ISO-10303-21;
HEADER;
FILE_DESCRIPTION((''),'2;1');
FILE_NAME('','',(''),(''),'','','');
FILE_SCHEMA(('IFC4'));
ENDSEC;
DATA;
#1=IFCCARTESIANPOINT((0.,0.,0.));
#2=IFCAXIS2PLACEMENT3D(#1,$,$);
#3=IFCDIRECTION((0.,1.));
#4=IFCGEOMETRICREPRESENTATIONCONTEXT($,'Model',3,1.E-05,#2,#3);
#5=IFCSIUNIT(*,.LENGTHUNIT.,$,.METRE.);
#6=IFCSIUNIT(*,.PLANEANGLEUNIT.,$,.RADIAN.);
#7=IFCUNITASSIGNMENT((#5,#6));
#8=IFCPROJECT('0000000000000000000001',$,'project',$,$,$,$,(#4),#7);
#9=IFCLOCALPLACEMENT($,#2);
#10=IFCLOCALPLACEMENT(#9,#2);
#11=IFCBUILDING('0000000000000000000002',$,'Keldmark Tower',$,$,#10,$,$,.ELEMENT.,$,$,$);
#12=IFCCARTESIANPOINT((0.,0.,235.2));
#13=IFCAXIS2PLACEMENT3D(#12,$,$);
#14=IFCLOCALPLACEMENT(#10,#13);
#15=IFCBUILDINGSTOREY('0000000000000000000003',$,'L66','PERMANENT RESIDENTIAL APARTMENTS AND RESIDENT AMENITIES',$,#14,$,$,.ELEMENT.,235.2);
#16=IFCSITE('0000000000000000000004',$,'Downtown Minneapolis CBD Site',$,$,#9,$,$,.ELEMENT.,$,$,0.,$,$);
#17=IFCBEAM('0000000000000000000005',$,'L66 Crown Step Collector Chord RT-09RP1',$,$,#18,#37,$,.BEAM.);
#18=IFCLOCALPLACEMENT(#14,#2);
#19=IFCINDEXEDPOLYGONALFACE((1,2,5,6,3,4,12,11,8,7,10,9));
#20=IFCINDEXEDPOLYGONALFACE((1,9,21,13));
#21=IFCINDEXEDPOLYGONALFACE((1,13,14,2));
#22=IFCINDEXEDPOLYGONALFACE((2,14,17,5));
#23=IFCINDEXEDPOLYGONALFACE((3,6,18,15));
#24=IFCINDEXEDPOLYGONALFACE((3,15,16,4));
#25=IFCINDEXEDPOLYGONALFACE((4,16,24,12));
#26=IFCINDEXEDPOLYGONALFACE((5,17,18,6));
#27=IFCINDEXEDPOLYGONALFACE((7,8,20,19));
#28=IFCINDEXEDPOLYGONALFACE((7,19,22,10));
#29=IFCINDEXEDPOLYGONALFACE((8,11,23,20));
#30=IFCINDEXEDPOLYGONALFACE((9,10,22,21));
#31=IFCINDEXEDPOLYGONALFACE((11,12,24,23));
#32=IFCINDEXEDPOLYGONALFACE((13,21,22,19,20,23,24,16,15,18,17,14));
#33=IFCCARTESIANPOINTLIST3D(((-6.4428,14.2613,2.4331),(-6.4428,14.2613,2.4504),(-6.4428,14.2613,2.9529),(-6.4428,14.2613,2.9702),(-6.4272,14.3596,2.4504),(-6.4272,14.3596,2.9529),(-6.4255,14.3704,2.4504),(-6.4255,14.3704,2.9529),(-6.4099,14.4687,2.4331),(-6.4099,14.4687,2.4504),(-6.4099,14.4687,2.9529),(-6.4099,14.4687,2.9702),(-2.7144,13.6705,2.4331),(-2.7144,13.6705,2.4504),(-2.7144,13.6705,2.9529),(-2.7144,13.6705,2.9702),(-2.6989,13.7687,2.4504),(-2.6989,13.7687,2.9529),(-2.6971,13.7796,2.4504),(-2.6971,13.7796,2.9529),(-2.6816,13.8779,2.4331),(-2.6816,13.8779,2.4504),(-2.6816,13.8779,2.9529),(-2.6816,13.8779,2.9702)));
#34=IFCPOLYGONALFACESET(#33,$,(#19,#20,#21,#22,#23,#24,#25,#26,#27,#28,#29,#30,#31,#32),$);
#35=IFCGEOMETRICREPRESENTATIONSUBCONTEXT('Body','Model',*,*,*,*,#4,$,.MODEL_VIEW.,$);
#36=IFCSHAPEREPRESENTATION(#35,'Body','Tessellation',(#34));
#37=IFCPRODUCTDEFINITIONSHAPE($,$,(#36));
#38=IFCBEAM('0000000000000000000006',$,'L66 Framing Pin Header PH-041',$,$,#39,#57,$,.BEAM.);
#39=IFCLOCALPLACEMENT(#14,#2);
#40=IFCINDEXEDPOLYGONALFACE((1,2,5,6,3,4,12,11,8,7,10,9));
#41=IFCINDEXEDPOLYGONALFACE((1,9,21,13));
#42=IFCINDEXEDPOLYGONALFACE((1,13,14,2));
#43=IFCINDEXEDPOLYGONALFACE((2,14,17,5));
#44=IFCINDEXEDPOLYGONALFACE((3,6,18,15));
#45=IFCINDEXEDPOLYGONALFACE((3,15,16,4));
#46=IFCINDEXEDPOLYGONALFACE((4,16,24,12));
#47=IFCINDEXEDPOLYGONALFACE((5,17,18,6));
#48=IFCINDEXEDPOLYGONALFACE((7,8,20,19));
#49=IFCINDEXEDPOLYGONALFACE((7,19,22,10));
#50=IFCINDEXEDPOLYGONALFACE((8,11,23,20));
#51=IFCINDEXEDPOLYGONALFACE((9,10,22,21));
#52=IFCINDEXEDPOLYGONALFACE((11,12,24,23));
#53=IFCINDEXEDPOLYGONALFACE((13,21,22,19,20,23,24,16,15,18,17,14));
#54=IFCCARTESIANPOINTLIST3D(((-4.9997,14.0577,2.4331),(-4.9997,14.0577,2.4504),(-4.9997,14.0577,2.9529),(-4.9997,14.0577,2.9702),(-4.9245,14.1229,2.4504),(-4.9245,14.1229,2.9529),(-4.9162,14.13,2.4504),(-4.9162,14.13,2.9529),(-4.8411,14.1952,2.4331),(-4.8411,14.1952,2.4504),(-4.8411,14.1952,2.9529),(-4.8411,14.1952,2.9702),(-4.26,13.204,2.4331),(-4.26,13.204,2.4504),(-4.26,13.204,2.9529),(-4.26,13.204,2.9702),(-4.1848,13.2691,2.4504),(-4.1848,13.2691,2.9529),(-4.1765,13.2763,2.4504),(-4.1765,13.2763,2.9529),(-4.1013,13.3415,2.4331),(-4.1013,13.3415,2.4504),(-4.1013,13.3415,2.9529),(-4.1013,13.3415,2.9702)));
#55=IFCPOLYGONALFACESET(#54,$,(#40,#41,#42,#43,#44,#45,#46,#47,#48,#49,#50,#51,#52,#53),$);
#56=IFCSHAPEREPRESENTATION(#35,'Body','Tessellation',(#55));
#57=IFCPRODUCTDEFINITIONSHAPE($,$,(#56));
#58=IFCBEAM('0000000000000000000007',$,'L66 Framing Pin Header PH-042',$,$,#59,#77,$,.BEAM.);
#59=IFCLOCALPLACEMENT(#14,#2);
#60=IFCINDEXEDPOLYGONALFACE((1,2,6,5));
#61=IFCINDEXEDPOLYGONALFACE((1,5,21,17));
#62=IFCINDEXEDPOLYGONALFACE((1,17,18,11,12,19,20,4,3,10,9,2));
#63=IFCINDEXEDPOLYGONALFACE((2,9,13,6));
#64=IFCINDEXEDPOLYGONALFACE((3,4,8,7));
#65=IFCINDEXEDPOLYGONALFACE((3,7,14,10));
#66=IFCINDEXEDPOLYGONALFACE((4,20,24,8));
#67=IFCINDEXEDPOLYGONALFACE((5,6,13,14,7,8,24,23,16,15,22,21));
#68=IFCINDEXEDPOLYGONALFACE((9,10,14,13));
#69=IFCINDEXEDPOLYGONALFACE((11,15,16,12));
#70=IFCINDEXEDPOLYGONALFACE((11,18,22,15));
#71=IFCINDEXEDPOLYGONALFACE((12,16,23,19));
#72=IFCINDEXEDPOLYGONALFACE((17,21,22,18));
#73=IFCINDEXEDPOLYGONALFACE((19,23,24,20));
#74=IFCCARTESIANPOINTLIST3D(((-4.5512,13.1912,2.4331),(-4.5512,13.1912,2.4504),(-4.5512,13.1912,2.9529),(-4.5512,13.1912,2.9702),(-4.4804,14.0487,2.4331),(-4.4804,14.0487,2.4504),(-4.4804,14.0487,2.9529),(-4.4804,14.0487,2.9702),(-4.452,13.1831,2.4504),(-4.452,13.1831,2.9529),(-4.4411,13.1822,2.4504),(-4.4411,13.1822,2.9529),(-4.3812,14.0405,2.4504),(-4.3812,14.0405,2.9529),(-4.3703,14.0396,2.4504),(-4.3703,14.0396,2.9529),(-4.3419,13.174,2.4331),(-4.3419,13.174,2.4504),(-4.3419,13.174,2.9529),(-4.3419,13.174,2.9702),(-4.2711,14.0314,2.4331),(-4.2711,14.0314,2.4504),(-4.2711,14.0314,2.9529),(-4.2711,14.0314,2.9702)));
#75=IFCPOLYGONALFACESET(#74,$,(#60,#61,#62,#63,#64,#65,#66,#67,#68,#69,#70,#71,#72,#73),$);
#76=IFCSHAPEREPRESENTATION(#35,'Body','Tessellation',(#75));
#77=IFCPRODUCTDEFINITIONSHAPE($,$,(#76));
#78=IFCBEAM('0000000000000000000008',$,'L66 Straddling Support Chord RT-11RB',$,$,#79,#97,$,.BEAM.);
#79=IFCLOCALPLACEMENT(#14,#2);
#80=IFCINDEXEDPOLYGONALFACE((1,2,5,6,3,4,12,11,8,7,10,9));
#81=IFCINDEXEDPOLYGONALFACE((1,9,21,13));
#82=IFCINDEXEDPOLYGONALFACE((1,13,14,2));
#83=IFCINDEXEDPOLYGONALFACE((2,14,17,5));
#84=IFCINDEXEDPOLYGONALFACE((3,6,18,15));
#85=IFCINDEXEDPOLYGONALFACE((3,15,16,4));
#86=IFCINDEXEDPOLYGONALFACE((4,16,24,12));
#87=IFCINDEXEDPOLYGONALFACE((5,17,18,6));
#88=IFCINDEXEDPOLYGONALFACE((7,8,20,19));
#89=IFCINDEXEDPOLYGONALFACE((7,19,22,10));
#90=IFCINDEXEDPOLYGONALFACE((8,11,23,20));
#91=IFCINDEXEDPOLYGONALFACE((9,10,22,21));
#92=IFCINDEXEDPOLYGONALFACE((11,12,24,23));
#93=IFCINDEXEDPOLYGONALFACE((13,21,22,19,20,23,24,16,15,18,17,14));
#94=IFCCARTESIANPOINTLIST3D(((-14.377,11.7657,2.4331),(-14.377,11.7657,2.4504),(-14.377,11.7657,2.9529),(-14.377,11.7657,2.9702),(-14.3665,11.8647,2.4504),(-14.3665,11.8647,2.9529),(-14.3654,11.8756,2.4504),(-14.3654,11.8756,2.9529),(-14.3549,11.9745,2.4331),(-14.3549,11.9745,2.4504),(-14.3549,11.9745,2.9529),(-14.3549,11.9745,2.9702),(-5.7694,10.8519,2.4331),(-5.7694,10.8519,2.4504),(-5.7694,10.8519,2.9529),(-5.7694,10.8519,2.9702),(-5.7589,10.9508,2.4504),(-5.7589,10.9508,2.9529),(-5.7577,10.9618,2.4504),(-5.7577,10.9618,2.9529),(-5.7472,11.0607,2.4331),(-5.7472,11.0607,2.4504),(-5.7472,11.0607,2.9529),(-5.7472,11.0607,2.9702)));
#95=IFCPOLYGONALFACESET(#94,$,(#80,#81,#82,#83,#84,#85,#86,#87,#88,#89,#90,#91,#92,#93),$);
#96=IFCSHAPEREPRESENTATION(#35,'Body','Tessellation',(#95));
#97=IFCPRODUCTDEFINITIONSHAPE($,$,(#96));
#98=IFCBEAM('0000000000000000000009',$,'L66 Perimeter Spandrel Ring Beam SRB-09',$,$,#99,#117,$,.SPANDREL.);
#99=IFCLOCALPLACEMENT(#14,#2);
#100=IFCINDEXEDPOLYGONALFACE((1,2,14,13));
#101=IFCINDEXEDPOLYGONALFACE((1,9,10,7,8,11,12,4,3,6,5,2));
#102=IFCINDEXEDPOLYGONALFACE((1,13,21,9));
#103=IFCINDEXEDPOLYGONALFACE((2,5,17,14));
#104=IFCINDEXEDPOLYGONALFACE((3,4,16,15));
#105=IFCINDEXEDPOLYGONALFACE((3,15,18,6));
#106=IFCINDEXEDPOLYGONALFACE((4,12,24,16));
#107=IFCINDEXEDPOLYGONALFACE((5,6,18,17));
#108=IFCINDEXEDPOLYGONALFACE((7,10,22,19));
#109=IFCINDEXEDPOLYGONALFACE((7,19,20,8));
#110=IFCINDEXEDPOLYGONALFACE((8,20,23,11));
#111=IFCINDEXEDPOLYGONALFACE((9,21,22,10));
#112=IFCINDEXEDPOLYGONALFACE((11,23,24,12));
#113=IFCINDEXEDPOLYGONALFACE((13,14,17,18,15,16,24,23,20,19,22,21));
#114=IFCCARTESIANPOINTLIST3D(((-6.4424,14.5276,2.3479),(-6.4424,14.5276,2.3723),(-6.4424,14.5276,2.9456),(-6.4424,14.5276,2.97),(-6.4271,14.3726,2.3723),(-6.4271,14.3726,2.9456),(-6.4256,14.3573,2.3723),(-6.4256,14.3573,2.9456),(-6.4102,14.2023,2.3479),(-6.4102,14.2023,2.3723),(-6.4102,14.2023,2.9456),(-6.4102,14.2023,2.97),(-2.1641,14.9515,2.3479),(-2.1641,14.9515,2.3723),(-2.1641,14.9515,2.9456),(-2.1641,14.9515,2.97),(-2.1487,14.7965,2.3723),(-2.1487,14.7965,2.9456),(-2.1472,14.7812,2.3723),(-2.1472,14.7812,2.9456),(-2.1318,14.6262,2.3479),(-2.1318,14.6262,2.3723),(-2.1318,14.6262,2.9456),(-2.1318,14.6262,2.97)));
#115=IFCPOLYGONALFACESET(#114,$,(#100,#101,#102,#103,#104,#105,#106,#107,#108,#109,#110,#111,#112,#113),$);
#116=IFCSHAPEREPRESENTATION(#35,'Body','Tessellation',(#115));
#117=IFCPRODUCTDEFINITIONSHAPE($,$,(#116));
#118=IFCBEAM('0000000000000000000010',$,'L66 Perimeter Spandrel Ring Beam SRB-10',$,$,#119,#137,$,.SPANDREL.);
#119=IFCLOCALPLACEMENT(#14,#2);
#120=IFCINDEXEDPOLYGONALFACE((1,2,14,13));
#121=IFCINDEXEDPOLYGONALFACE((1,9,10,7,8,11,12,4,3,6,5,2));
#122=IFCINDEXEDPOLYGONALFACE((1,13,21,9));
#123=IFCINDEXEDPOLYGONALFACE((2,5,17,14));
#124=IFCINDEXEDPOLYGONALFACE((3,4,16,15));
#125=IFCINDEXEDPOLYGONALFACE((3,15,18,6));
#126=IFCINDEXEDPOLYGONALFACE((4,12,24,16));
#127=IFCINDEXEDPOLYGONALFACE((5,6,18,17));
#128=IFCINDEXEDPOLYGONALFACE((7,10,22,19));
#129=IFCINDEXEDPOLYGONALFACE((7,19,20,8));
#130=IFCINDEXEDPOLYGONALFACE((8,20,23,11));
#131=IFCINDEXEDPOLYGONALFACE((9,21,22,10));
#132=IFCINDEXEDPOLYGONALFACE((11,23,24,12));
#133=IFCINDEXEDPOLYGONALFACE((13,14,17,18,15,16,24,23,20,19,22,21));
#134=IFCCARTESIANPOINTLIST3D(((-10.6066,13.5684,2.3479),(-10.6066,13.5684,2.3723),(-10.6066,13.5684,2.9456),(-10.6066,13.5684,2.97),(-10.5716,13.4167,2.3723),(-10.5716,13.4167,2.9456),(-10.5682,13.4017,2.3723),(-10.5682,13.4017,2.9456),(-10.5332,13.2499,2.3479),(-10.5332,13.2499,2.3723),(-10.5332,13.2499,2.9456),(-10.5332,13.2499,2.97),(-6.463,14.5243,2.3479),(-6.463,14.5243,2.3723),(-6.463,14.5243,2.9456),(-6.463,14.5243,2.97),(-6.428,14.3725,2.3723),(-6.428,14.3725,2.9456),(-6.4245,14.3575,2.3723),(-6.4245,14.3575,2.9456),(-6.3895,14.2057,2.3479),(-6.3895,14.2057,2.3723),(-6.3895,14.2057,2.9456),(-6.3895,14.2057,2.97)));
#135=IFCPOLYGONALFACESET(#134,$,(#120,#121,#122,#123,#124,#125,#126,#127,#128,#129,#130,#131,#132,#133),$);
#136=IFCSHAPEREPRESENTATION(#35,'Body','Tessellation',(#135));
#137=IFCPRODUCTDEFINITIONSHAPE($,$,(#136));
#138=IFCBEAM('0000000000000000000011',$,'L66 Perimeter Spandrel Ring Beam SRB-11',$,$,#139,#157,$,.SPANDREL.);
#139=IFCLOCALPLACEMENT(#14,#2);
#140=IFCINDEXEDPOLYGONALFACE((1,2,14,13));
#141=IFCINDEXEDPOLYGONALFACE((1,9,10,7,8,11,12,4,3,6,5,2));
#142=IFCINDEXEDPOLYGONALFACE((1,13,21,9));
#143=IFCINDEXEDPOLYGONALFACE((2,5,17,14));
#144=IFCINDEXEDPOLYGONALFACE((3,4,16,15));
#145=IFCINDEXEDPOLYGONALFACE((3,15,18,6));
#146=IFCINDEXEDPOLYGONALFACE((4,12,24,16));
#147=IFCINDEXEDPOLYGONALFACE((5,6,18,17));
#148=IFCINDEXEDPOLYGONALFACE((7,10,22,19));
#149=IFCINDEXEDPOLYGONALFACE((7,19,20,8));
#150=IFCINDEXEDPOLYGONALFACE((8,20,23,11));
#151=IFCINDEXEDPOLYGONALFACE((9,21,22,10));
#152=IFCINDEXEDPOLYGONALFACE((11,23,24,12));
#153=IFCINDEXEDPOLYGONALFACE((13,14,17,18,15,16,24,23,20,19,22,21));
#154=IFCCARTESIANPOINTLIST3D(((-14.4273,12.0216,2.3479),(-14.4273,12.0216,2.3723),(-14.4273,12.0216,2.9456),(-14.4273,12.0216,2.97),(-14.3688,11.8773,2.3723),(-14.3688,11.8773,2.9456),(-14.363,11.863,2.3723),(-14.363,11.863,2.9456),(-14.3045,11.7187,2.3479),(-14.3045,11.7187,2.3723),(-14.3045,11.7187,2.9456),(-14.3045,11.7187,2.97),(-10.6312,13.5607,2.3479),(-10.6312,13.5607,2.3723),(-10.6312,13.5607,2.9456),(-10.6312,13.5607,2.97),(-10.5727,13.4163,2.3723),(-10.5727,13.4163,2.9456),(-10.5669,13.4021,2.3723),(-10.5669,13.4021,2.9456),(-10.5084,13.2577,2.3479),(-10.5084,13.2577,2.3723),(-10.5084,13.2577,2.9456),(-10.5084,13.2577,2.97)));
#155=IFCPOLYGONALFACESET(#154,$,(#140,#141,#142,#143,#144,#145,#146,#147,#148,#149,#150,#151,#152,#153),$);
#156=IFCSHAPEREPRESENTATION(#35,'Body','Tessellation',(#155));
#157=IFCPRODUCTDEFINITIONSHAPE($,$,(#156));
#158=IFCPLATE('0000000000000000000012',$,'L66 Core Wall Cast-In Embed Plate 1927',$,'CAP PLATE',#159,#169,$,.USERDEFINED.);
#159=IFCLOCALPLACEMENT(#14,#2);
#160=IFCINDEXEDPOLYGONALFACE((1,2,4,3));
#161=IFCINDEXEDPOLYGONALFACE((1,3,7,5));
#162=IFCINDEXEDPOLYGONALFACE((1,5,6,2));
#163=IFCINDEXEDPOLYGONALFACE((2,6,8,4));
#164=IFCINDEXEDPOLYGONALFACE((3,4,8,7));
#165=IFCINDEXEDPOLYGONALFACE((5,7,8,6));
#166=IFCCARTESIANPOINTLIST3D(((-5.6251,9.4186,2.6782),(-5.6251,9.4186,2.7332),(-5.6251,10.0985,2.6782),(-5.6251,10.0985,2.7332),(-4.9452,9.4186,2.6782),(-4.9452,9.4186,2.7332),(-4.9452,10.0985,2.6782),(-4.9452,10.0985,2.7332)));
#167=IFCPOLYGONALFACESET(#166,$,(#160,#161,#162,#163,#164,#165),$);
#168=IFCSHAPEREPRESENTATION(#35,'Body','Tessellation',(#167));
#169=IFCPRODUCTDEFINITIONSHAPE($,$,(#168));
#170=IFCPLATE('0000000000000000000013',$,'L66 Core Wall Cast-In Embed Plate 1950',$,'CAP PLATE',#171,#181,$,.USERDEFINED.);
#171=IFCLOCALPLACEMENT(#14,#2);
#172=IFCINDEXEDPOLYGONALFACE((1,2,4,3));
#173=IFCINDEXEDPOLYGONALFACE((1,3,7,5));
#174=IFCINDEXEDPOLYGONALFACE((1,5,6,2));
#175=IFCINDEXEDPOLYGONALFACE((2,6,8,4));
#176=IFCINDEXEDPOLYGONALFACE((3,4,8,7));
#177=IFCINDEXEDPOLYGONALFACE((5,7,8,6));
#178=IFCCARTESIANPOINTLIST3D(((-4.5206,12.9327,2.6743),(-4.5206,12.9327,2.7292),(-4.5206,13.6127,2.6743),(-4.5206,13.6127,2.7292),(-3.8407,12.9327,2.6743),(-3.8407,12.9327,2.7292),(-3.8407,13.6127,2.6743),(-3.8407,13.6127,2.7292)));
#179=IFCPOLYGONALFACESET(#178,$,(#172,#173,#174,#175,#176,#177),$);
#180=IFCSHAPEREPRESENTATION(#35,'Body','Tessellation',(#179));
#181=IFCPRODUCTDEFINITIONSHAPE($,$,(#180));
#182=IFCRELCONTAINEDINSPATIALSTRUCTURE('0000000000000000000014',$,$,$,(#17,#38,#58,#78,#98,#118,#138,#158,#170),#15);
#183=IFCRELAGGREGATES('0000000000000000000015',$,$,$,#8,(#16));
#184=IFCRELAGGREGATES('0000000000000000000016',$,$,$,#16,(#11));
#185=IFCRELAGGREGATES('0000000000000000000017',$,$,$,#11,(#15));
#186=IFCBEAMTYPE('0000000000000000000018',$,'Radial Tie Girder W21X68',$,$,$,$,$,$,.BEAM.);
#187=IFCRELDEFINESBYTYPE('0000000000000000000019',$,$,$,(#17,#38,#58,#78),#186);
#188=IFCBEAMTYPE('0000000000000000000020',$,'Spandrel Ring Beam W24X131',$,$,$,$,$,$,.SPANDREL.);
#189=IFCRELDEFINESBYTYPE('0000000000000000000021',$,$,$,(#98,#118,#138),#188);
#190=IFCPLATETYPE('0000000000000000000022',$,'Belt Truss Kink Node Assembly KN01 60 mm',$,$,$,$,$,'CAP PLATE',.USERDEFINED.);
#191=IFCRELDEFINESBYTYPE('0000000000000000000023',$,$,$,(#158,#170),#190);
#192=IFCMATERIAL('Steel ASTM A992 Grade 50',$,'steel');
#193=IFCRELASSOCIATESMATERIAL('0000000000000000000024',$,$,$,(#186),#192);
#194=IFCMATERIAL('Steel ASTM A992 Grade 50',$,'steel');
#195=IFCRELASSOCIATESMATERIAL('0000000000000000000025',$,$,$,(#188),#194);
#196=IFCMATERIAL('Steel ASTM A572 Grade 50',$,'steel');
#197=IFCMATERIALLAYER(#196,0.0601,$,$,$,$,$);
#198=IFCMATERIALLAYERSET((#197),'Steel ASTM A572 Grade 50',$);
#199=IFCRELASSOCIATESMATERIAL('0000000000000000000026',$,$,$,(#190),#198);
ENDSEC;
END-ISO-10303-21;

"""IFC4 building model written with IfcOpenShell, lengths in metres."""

from ifc_helpers import new_model, si_unit, direction, frame, origin, origin_2d, place, context, subcontext, project, spatial, rectangle, i_section, extrude, material, layer, layer_set, material_profile, profile_set, type_object, element, save


model = new_model("IFC4")

# Units and contexts
model_context = context("Model", 3, precision=1e-05, world=origin(), true_north=direction((0.0, 1.0)))
body_context = subcontext(model_context, "Body", "Model", "MODEL_VIEW")
ifc_project = project(units=[si_unit("LENGTHUNIT", "METRE"), si_unit("PLANEANGLEUNIT", "RADIAN")], contexts=[model_context])

# Site, building, storey
site_placement = place(None, origin())
site = spatial("IfcSite", under=ifc_project, at=site_placement, Name="Downtown Minneapolis CBD Site", CompositionType="ELEMENT", RefElevation=0.0)
building_placement = place(site_placement, origin())
building = spatial("IfcBuilding", under=site, at=building_placement, Name="Keldmark Tower", CompositionType="ELEMENT")
storey_placement = place(building_placement, frame((0.0, 0.0, 235.2)))
storey = spatial("IfcBuildingStorey", under=building, at=storey_placement, Name="L66", Description="PERMANENT RESIDENTIAL APARTMENTS AND RESIDENT AMENITIES", CompositionType="ELEMENT", Elevation=235.2)

# Beams
ifc_material_1 = material(Name="Steel ASTM A992 Grade 50", Category="steel")
ifc_material_profile_1 = material_profile(ifc_material_1, i_section(OverallWidth=0.21, OverallDepth=0.5371, WebThickness=0.011, FlangeThickness=0.0173, at=origin_2d()), Name="W21X68")
ifc_profile_set_1 = profile_set([ifc_material_profile_1], Name="Steel ASTM A992 Grade 50")
beam_type_1 = type_object("IfcBeamType", Name="Radial Tie Girder W21X68", PredefinedType="BEAM", material=ifc_profile_set_1)
beam_1_placement = place(storey_placement, frame((-2.698, 13.7742, 2.7017), z_axis=(-0.987675, 0.156517, 0.0), x_axis=(-0.156517, -0.987675, 0.0)))
element("IfcBeam", 1, at=beam_1_placement, inside=storey, type_object=beam_type_1, Name="L66 Crown Step Collector Chord RT-09RP1", PredefinedType="BEAM", context=body_context, shape_type="SweptSolid", body=[
    extrude(i_section(OverallWidth=0.21, OverallDepth=0.5371, WebThickness=0.011, FlangeThickness=0.0173, at=origin_2d()), origin(), (0.0, 0.0, 1.0), 3.7749),
])
beam_2_placement = place(storey_placement, frame((-4.1807, 13.2727, 2.7017), z_axis=(-0.65484, 0.755768, 0.0), x_axis=(-0.755768, -0.65484, 0.0)))
element("IfcBeam", 2, at=beam_2_placement, inside=storey, type_object=beam_type_1, Name="L66 Framing Pin Header PH-041", PredefinedType="BEAM", context=body_context, shape_type="SweptSolid", body=[
    extrude(i_section(OverallWidth=0.21, OverallDepth=0.5371, WebThickness=0.011, FlangeThickness=0.0173, at=origin_2d()), origin(), (0.0, 0.0, 1.0), 1.1296),
])
beam_3_placement = place(storey_placement, frame((-4.3757, 14.04, 2.7017), z_axis=(-0.082294, -0.996608, 0.0), x_axis=(0.996608, -0.082294, 0.0)))
element("IfcBeam", 3, at=beam_3_placement, inside=storey, type_object=beam_type_1, Name="L66 Framing Pin Header PH-042", PredefinedType="BEAM", context=body_context, shape_type="SweptSolid", body=[
    extrude(i_section(OverallWidth=0.21, OverallDepth=0.5371, WebThickness=0.011, FlangeThickness=0.0173, at=origin_2d()), origin(), (0.0, 0.0, 1.0), 0.8604),
])
beam_4_placement = place(storey_placement, frame((-5.7583, 10.9563, 2.7017), z_axis=(-0.994412, 0.10557, 0.0), x_axis=(-0.10557, -0.994412, 0.0)))
element("IfcBeam", 4, at=beam_4_placement, inside=storey, type_object=beam_type_1, Name="L66 Straddling Support Chord RT-11RB", PredefinedType="BEAM", context=body_context, shape_type="SweptSolid", body=[
    extrude(i_section(OverallWidth=0.21, OverallDepth=0.5371, WebThickness=0.011, FlangeThickness=0.0173, at=origin_2d()), origin(), (0.0, 0.0, 1.0), 8.656),
])
ifc_material_2 = material(Name="Steel ASTM A992 Grade 50", Category="steel")
ifc_material_profile_2 = material_profile(ifc_material_2, i_section(OverallWidth=0.3269, OverallDepth=0.6221, WebThickness=0.0154, FlangeThickness=0.0244, at=origin_2d()), Name="W24X131")
ifc_profile_set_2 = profile_set([ifc_material_profile_2], Name="Steel ASTM A992 Grade 50")
beam_type_2 = type_object("IfcBeamType", Name="Spandrel Ring Beam W24X131", PredefinedType="SPANDREL", material=ifc_profile_set_2)
beam_5_placement = place(storey_placement, frame((-2.1479, 14.7888, 2.6589), z_axis=(-0.995129, -0.098582, 0.0), x_axis=(0.098582, -0.995129, 0.0)))
element("IfcBeam", 5, at=beam_5_placement, inside=storey, type_object=beam_type_2, Name="L66 Perimeter Spandrel Ring Beam SRB-09", PredefinedType="SPANDREL", context=body_context, shape_type="SweptSolid", body=[
    extrude(i_section(OverallWidth=0.3269, OverallDepth=0.6221, WebThickness=0.0154, FlangeThickness=0.0244, at=origin_2d()), origin(), (0.0, 0.0, 1.0), 4.2993),
])
beam_6_placement = place(storey_placement, frame((-6.4263, 14.365, 2.6589), z_axis=(-0.974412, -0.224771, 0.0), x_axis=(0.224771, -0.974412, 0.0)))
element("IfcBeam", 6, at=beam_6_placement, inside=storey, type_object=beam_type_2, Name="L66 Perimeter Spandrel Ring Beam SRB-10", PredefinedType="SPANDREL", context=body_context, shape_type="SweptSolid", body=[
    extrude(i_section(OverallWidth=0.3269, OverallDepth=0.6221, WebThickness=0.0154, FlangeThickness=0.0244, at=origin_2d()), origin(), (0.0, 0.0, 1.0), 4.2524),
])
beam_7_placement = place(storey_placement, frame((-10.5698, 13.4092, 2.6589), z_axis=(-0.926732, -0.375723, 0.0), x_axis=(0.375723, -0.926732, 0.0)))
element("IfcBeam", 7, at=beam_7_placement, inside=storey, type_object=beam_type_2, Name="L66 Perimeter Spandrel Ring Beam SRB-11", PredefinedType="SPANDREL", context=body_context, shape_type="SweptSolid", body=[
    extrude(i_section(OverallWidth=0.3269, OverallDepth=0.6221, WebThickness=0.0154, FlangeThickness=0.0244, at=origin_2d()), origin(), (0.0, 0.0, 1.0), 4.0962),
])

# Plates
ifc_material_3 = material(Name="Steel ASTM A572 Grade 50", Category="steel")
ifc_layer_1 = layer(ifc_material_3, 0.0601)
ifc_layer_set_1 = layer_set([ifc_layer_1], Name="Steel ASTM A572 Grade 50")
plate_type_1 = type_object("IfcPlateType", Name="Belt Truss Kink Node Assembly KN01 60 mm", ElementType="CAP PLATE", PredefinedType="USERDEFINED", material=ifc_layer_set_1)
for number, where, z_axis, x_axis, name in (
    (8, (-5.2852, 9.7585, 2.6782), (0.0, 0.0, 1.0), (1.0, 0.0, 0.0), "L66 Core Wall Cast-In Embed Plate 1927"),
    (9, (-4.1807, 13.2727, 2.6743), (0.0, 0.0, 1.0), (1.0, 0.0, 0.0), "L66 Core Wall Cast-In Embed Plate 1950"),
):
    element("IfcPlate", number, at=place(storey_placement, frame(where, z_axis=z_axis, x_axis=x_axis)), inside=storey, type_object=plate_type_1, Name=name, ObjectType="CAP PLATE", PredefinedType="USERDEFINED", context=body_context, shape_type="SweptSolid", body=[
        extrude(rectangle(XDim=0.6799, YDim=0.6799, at=origin_2d()), origin(), (0.0, 0.0, 1.0), 0.0549),
    ])

save(model, "model.ifc")
